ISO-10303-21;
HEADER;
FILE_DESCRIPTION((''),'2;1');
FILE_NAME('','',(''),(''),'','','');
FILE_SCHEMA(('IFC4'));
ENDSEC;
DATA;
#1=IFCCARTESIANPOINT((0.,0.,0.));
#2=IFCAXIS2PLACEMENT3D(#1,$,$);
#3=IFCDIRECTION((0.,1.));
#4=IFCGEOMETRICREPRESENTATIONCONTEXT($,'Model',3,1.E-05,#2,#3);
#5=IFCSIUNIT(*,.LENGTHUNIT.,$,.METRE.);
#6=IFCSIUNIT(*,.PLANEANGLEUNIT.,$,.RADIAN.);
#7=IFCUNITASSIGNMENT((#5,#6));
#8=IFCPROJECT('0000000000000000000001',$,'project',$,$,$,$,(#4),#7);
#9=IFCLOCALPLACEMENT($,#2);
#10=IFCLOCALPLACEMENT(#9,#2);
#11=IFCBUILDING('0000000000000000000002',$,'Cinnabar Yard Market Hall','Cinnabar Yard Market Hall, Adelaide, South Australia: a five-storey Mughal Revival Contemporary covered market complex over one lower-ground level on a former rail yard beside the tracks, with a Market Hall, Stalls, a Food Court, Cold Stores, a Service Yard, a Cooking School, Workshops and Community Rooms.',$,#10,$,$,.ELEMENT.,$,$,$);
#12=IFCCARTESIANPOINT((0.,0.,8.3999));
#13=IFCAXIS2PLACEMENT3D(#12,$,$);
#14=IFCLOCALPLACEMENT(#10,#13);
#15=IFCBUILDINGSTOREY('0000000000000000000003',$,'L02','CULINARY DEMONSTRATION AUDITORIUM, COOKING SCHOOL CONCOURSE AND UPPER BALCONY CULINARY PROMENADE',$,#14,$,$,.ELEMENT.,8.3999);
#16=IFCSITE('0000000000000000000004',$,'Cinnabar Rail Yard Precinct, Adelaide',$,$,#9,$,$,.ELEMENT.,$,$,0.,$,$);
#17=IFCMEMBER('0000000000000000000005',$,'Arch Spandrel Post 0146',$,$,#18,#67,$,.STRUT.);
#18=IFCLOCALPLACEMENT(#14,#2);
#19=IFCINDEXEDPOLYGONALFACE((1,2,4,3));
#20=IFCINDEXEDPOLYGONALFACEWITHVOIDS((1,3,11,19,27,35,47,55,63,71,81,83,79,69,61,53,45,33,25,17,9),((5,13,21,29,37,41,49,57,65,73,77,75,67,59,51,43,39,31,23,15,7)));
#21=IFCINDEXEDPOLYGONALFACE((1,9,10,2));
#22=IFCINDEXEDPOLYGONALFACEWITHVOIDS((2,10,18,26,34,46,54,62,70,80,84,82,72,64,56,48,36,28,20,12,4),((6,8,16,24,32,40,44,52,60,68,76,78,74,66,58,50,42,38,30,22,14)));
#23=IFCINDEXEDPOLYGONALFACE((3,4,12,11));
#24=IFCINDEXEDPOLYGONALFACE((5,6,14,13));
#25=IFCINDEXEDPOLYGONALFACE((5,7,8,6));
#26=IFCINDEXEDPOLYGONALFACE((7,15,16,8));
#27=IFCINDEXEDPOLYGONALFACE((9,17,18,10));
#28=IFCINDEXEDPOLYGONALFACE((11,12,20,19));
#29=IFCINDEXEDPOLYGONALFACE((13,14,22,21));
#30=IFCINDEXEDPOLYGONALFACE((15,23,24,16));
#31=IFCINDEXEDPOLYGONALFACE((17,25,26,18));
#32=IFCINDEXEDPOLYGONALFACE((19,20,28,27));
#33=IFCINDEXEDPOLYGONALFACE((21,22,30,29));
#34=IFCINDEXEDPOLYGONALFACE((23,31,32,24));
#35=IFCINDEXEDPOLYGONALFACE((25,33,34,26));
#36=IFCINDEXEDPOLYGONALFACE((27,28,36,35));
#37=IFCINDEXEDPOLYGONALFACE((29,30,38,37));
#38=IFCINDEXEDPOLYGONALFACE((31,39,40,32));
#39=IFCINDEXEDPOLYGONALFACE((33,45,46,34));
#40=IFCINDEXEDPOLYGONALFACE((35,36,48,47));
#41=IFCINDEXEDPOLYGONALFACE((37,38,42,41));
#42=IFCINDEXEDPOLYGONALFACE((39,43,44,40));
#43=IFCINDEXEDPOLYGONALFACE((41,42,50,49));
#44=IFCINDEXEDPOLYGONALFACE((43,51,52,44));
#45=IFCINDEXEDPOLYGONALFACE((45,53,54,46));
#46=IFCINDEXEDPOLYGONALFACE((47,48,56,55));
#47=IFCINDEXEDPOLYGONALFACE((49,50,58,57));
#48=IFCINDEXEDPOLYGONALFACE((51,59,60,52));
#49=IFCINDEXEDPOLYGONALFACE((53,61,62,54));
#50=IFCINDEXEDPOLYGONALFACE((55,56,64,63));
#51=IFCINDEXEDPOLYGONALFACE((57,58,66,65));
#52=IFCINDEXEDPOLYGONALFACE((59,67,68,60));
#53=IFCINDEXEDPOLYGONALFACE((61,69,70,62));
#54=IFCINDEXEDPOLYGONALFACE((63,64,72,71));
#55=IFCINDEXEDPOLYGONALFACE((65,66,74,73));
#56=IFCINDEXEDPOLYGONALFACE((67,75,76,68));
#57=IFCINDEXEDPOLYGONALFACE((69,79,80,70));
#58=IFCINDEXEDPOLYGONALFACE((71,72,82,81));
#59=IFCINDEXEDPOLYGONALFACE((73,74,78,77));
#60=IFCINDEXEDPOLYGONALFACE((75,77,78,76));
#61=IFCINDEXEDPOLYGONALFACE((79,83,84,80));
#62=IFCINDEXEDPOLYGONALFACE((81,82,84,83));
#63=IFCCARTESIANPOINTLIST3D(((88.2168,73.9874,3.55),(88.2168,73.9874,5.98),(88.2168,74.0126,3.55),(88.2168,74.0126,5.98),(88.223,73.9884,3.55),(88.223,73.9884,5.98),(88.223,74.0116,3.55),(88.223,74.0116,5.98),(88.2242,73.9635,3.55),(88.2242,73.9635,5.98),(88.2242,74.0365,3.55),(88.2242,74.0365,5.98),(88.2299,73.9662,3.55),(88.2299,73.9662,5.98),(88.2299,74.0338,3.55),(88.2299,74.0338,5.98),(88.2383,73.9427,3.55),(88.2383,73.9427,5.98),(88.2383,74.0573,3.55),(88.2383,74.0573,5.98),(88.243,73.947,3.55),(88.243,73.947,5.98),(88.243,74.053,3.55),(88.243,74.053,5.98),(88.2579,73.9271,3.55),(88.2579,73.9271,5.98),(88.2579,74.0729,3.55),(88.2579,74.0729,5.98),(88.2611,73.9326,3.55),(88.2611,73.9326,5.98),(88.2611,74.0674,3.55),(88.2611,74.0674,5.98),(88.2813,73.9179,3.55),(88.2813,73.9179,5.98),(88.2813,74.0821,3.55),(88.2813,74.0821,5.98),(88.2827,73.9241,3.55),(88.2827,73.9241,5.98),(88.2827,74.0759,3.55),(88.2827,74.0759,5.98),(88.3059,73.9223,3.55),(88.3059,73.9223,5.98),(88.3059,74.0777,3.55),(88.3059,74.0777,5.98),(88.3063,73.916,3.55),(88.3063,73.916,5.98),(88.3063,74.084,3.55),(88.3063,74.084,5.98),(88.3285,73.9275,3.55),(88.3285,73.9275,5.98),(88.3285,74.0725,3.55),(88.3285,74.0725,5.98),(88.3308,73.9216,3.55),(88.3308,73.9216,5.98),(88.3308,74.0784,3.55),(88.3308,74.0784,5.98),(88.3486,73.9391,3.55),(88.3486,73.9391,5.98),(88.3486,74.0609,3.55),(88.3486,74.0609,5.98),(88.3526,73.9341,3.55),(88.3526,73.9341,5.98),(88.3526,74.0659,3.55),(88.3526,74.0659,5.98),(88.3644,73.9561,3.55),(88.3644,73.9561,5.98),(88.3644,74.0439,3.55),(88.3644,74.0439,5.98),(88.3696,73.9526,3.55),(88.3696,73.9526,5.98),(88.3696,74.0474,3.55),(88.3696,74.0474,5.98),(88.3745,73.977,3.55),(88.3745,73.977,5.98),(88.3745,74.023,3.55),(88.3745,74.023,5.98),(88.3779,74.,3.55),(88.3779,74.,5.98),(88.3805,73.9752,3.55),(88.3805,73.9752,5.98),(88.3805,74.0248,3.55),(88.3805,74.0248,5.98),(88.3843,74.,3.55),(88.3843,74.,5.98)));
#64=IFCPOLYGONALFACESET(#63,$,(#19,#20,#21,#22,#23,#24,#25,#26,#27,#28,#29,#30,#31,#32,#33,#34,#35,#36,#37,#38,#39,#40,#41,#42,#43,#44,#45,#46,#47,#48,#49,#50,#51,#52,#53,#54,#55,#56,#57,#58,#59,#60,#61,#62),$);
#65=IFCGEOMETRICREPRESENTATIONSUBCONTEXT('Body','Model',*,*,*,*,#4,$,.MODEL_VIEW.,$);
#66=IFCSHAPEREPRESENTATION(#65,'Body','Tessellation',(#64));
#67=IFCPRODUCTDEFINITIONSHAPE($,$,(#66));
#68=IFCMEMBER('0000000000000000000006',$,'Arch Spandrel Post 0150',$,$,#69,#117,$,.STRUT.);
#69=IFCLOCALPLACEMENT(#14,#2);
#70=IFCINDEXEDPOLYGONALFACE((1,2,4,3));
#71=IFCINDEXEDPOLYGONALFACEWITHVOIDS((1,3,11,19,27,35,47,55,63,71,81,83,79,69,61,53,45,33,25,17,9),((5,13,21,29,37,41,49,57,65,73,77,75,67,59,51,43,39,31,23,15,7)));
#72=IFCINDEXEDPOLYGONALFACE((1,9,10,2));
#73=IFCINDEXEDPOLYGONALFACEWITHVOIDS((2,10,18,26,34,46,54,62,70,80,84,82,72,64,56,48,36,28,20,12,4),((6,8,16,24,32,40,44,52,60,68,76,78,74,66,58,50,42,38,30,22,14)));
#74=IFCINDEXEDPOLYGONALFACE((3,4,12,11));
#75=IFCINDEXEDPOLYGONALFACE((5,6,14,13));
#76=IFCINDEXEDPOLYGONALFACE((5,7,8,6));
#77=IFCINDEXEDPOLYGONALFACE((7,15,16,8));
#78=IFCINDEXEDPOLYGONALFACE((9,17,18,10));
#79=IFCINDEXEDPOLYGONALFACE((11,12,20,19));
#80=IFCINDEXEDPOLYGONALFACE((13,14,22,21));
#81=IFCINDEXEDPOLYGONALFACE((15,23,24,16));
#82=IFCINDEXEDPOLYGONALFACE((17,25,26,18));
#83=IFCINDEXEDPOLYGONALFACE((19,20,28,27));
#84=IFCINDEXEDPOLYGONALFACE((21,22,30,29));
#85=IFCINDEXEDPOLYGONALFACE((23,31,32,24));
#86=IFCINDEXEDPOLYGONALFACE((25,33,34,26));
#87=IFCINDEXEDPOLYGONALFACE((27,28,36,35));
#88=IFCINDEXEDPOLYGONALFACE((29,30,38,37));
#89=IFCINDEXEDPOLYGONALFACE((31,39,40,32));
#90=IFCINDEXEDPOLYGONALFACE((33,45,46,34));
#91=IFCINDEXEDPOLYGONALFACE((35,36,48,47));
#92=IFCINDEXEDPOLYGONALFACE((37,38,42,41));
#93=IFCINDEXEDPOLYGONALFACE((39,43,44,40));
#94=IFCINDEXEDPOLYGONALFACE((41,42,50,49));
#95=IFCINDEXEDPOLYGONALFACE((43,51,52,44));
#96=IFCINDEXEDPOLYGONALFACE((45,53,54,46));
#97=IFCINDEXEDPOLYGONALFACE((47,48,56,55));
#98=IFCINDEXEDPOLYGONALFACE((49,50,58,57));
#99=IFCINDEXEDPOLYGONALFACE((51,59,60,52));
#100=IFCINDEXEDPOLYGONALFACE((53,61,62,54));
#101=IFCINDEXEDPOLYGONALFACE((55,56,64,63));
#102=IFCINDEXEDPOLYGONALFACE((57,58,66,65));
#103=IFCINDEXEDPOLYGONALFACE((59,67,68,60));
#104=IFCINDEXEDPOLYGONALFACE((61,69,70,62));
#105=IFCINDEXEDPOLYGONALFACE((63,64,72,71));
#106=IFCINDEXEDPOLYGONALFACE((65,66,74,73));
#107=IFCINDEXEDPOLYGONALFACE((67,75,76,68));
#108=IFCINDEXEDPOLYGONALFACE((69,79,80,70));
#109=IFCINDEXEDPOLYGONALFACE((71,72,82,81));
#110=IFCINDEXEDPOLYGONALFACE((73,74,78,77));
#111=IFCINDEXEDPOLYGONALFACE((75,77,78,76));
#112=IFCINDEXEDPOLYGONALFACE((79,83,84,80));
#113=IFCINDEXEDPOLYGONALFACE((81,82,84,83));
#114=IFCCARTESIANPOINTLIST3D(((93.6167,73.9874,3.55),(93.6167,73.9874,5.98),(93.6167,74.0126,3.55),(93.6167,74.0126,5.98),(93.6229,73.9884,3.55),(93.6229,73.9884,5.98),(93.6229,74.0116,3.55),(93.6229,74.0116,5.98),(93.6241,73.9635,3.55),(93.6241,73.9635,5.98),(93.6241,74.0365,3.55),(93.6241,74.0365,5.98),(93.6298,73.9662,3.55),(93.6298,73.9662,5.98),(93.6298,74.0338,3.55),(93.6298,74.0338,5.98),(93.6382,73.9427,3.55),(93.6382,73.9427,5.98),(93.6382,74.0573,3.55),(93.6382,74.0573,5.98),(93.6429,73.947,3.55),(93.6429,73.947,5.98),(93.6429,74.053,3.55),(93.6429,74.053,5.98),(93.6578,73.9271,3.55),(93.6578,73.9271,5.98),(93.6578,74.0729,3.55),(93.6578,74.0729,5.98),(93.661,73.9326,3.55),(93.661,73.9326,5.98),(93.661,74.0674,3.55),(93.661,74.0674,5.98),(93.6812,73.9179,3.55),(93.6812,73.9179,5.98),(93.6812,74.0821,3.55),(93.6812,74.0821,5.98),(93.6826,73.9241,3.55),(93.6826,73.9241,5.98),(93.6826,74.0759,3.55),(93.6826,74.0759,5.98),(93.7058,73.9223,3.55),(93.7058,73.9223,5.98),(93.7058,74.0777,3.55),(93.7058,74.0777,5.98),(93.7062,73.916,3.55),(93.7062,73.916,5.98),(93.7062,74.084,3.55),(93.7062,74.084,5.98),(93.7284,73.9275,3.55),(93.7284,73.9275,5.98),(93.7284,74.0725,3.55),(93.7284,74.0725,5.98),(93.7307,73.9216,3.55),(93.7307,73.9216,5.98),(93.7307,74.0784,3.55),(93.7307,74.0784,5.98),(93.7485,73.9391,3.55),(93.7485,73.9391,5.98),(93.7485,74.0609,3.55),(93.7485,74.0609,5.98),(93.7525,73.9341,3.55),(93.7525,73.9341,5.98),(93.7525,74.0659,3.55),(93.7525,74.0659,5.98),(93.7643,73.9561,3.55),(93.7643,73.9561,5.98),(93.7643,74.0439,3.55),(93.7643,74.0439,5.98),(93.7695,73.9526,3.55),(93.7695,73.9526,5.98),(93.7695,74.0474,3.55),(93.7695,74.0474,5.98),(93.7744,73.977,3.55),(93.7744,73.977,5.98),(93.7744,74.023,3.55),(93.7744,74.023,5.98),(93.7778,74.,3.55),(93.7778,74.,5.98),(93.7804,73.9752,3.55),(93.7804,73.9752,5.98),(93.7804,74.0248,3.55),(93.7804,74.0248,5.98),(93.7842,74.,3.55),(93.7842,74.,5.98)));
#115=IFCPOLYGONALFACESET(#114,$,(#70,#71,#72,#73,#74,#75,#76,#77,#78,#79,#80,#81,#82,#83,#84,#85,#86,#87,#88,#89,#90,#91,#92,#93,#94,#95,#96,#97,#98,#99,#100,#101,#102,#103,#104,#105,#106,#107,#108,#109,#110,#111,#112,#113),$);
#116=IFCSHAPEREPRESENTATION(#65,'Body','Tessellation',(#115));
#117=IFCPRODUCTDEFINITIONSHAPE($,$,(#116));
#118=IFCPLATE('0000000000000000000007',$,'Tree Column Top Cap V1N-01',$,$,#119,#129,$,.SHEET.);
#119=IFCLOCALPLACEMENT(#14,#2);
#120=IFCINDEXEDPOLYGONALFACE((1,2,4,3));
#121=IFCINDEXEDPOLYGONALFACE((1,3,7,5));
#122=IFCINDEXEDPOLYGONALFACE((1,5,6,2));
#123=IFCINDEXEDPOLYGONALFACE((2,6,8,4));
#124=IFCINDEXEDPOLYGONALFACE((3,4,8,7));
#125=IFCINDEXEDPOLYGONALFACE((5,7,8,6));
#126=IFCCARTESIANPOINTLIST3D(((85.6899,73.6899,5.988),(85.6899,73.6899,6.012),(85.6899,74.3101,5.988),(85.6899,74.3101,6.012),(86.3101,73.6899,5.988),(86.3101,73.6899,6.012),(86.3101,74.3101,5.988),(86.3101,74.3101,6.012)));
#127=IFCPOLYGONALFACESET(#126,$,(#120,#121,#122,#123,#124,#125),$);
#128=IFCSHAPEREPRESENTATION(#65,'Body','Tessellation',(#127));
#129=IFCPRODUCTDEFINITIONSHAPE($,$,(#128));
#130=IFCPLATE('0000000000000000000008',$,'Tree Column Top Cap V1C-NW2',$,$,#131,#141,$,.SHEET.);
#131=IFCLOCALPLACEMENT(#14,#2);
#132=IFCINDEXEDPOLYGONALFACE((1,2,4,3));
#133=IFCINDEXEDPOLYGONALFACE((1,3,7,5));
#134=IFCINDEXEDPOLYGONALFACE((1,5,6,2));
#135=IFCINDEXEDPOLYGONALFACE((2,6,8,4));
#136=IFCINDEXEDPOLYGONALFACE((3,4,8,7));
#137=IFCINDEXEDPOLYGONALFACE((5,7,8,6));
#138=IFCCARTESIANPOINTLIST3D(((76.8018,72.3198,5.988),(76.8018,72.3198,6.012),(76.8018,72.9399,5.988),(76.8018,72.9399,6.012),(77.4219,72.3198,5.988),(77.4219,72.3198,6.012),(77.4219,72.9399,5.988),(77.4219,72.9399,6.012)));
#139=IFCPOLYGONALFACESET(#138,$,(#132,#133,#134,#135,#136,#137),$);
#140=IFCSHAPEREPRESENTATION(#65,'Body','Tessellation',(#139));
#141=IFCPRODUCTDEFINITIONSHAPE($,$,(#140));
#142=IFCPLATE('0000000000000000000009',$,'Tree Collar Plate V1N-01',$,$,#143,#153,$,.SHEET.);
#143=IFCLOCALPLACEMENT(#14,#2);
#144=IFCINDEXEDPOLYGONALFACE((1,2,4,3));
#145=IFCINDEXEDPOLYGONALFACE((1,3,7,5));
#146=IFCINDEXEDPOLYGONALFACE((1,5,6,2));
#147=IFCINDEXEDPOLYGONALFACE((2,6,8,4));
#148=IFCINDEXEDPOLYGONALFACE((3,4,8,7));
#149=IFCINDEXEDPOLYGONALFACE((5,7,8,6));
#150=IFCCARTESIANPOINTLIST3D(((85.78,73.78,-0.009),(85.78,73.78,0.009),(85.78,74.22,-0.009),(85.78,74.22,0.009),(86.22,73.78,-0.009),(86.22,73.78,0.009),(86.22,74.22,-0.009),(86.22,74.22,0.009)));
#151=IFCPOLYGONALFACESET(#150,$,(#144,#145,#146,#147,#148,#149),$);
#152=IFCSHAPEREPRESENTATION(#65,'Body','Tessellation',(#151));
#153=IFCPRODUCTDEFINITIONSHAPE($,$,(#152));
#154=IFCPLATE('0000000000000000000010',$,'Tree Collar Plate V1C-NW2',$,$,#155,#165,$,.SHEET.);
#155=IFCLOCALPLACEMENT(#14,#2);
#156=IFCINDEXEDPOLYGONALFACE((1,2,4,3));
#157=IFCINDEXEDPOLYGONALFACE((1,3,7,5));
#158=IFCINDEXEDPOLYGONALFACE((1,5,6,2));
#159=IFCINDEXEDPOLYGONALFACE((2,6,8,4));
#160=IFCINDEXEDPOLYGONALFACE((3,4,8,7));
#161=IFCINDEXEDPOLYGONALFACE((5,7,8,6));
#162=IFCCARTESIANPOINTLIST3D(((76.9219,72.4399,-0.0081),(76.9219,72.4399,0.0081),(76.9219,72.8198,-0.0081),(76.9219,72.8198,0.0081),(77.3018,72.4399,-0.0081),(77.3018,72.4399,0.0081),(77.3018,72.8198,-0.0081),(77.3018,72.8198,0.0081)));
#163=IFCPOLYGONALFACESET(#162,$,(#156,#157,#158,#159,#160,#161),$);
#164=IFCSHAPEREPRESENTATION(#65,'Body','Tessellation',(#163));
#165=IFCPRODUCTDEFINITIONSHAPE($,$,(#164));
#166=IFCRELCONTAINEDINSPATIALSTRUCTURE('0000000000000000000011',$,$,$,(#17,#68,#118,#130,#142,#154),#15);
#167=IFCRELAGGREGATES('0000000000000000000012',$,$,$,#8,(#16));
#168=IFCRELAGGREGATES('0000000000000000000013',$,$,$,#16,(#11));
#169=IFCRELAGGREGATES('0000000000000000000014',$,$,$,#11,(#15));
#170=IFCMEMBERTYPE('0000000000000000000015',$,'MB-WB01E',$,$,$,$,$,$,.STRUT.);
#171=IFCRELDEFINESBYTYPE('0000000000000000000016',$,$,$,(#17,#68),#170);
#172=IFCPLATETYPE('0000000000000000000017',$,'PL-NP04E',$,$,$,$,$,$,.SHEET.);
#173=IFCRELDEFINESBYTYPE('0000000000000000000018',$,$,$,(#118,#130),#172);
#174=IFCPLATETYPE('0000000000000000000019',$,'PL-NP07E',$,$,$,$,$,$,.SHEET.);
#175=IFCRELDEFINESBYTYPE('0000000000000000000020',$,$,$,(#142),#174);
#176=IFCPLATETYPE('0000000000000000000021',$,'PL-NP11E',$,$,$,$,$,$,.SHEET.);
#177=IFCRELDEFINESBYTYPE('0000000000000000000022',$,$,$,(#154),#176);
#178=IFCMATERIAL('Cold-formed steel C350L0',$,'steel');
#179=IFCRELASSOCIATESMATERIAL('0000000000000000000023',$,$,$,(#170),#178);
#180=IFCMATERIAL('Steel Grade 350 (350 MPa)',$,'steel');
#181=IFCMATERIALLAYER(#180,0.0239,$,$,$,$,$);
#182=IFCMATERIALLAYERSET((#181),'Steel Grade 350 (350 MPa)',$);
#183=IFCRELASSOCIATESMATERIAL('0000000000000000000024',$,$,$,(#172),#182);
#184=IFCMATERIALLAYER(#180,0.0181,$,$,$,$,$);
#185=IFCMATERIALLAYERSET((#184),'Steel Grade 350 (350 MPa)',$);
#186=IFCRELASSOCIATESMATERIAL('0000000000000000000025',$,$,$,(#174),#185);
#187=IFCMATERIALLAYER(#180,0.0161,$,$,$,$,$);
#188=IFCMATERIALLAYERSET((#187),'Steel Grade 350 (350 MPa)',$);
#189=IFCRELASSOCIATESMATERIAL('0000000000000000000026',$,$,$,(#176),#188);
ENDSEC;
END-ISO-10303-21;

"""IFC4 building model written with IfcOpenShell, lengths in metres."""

from ifc_helpers import new_model, si_unit, direction, frame, origin, origin_2d_with_axis, place, context, subcontext, project, spatial, rectangle, hollow_circle, extrude, material, layer, layer_set, material_profile, profile_set, type_object, element, save


model = new_model("IFC4")

# Units and contexts
model_context = context("Model", 3, precision=1e-05, world=origin(), true_north=direction((0.0, 1.0)))
body_context = subcontext(model_context, "Body", "Model", "MODEL_VIEW")
ifc_project = project(units=[si_unit("LENGTHUNIT", "METRE"), si_unit("PLANEANGLEUNIT", "RADIAN")], contexts=[model_context])

# Site, building, storey
site_placement = place(None, origin())
site = spatial("IfcSite", under=ifc_project, at=site_placement, Name="Cinnabar Rail Yard Precinct, Adelaide", CompositionType="ELEMENT", RefElevation=0.0)
building_placement = place(site_placement, origin())
building = spatial("IfcBuilding", under=site, at=building_placement, Name="Cinnabar Yard Market Hall", Description="Cinnabar Yard Market Hall, Adelaide, South Australia: a five-storey Mughal Revival Contemporary covered market complex over one lower-ground level on a former rail yard beside the tracks, with a Market Hall, Stalls, a Food Court, Cold Stores, a Service Yard, a Cooking School, Workshops and Community Rooms.", CompositionType="ELEMENT")
storey_placement = place(building_placement, frame((0.0, 0.0, 8.3999)))
storey = spatial("IfcBuildingStorey", under=building, at=storey_placement, Name="L02", Description="CULINARY DEMONSTRATION AUDITORIUM, COOKING SCHOOL CONCOURSE AND UPPER BALCONY CULINARY PROMENADE", CompositionType="ELEMENT", Elevation=8.3999)

# Members
ifc_material_1 = material(Name="Cold-formed steel C350L0", Category="steel")
ifc_material_profile_1 = material_profile(ifc_material_1, hollow_circle(Radius=0.0842, WallThickness=0.0063, at=origin_2d_with_axis()), Name="168.3x6.4CHS")
ifc_profile_set_1 = profile_set([ifc_material_profile_1], Name="Cold-formed steel C350L0")
member_type_1 = type_object("IfcMemberType", Name="MB-WB01E", PredefinedType="STRUT", material=ifc_profile_set_1)
for number, where, z_axis, x_axis, name in (
    (1, (88.3, 74.0, 3.55), (0.0, 0.0, 1.0), (1.0, 0.0, 0.0), "Arch Spandrel Post 0146"),
    (2, (93.7, 74.0, 3.55), (0.0, 0.0, 1.0), (1.0, 0.0, 0.0), "Arch Spandrel Post 0150"),
):
    element("IfcMember", number, at=place(storey_placement, frame(where, z_axis=z_axis, x_axis=x_axis)), inside=storey, type_object=member_type_1, Name=name, PredefinedType="STRUT", context=body_context, shape_type="SweptSolid", body=[
        extrude(hollow_circle(Radius=0.0842, WallThickness=0.0063, at=origin_2d_with_axis()), origin(), (0.0, 0.0, 1.0), 2.4299),
    ])

# Plates
ifc_material_2 = material(Name="Steel Grade 350 (350 MPa)", Category="steel")
ifc_layer_1 = layer(ifc_material_2, 0.0239)
ifc_layer_set_1 = layer_set([ifc_layer_1], Name="Steel Grade 350 (350 MPa)")
plate_type_1 = type_object("IfcPlateType", Name="PL-NP04E", PredefinedType="SHEET", material=ifc_layer_set_1)
for number, where, z_axis, x_axis, name in (
    (3, (86.0, 74.0, 5.988), (0.0, 0.0, 1.0), (1.0, 0.0, 0.0), "Tree Column Top Cap V1N-01"),
    (4, (77.1118, 72.6299, 5.988), (0.0, 0.0, 1.0), (1.0, 0.0, 0.0), "Tree Column Top Cap V1C-NW2"),
):
    element("IfcPlate", number, at=place(storey_placement, frame(where, z_axis=z_axis, x_axis=x_axis)), inside=storey, type_object=plate_type_1, Name=name, PredefinedType="SHEET", context=body_context, shape_type="SweptSolid", body=[
        extrude(rectangle(XDim=0.6201, YDim=0.6201, at=origin_2d_with_axis()), origin(), (0.0, 0.0, 1.0), 0.0239),
    ])
ifc_layer_2 = layer(ifc_material_2, 0.0181)
ifc_layer_set_2 = layer_set([ifc_layer_2], Name="Steel Grade 350 (350 MPa)")
plate_type_2 = type_object("IfcPlateType", Name="PL-NP07E", PredefinedType="SHEET", material=ifc_layer_set_2)
plate_1_placement = place(storey_placement, frame((86.0, 74.0, -0.009), z_axis=(0.0, 0.0, 1.0), x_axis=(1.0, 0.0, 0.0)))
element("IfcPlate", 5, at=plate_1_placement, inside=storey, type_object=plate_type_2, Name="Tree Collar Plate V1N-01", PredefinedType="SHEET", context=body_context, shape_type="SweptSolid", body=[
    extrude(rectangle(XDim=0.4399, YDim=0.4399, at=origin_2d_with_axis()), origin(), (0.0, 0.0, 1.0), 0.0181),
])
ifc_layer_3 = layer(ifc_material_2, 0.0161)
ifc_layer_set_3 = layer_set([ifc_layer_3], Name="Steel Grade 350 (350 MPa)")
plate_type_3 = type_object("IfcPlateType", Name="PL-NP11E", PredefinedType="SHEET", material=ifc_layer_set_3)
plate_2_placement = place(storey_placement, frame((77.1118, 72.6299, -0.0081), z_axis=(0.0, 0.0, 1.0), x_axis=(1.0, 0.0, 0.0)))
element("IfcPlate", 6, at=plate_2_placement, inside=storey, type_object=plate_type_3, Name="Tree Collar Plate V1C-NW2", PredefinedType="SHEET", context=body_context, shape_type="SweptSolid", body=[
    extrude(rectangle(XDim=0.3799, YDim=0.3799, at=origin_2d_with_axis()), origin(), (0.0, 0.0, 1.0), 0.0161),
])

save(model, "model.ifc")
